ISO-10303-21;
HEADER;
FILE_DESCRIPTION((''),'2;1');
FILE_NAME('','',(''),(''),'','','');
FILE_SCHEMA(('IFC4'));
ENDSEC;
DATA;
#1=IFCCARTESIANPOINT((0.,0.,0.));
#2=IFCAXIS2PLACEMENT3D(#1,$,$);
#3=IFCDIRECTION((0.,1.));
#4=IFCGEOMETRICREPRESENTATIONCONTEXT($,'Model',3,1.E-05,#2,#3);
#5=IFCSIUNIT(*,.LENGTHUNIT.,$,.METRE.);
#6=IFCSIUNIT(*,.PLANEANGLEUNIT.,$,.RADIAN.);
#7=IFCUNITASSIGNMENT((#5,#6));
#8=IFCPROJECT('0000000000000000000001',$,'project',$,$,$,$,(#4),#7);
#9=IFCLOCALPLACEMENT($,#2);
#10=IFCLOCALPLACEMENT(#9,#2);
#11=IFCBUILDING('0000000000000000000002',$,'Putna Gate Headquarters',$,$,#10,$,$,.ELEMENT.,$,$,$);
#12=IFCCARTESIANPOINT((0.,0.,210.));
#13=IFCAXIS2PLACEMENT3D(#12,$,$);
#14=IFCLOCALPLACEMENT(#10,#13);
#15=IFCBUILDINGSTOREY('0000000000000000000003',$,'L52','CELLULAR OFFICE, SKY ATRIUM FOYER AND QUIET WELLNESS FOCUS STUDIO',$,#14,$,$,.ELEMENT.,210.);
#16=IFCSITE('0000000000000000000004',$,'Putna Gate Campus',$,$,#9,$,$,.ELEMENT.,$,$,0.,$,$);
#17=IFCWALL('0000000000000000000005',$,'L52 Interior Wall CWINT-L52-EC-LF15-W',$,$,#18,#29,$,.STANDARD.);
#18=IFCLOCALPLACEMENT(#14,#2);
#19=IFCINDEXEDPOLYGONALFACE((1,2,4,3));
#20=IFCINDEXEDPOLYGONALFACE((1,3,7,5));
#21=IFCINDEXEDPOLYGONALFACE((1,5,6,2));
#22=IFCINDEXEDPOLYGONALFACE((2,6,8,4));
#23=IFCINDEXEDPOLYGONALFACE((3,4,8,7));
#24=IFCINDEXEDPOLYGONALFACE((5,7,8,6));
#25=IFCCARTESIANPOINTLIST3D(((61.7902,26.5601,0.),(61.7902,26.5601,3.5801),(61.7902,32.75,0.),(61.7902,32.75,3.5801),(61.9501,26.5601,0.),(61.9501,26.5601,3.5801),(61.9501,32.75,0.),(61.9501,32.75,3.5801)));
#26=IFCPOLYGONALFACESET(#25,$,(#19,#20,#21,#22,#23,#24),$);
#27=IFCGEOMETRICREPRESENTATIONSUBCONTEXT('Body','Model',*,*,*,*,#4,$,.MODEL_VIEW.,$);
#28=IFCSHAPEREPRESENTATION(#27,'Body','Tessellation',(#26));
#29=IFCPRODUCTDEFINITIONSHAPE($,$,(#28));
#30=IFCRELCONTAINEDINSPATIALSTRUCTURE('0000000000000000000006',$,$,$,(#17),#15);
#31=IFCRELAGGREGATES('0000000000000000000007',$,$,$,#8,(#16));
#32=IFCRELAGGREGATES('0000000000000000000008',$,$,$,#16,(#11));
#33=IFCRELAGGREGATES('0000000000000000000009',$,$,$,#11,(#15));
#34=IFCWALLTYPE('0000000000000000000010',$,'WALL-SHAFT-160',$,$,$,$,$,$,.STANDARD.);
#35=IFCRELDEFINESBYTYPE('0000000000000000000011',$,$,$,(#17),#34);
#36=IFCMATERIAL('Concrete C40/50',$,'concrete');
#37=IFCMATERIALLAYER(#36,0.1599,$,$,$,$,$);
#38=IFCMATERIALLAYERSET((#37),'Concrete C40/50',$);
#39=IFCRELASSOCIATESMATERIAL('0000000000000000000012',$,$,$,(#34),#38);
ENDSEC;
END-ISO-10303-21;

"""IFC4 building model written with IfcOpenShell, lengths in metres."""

from ifc_helpers import new_model, si_unit, direction, frame, frame_2d, origin, place, context, subcontext, project, spatial, rectangle, extrude, material, layer, layer_set, type_object, element, save


model = new_model("IFC4")

# Units and contexts
model_context = context("Model", 3, precision=1e-05, world=origin(), true_north=direction((0.0, 1.0)))
body_context = subcontext(model_context, "Body", "Model", "MODEL_VIEW")
ifc_project = project(units=[si_unit("LENGTHUNIT", "METRE"), si_unit("PLANEANGLEUNIT", "RADIAN")], contexts=[model_context])

# Site, building, storey
site_placement = place(None, origin())
site = spatial("IfcSite", under=ifc_project, at=site_placement, Name="Putna Gate Campus", CompositionType="ELEMENT", RefElevation=0.0)
building_placement = place(site_placement, origin())
building = spatial("IfcBuilding", under=site, at=building_placement, Name="Putna Gate Headquarters", CompositionType="ELEMENT")
storey_placement = place(building_placement, frame((0.0, 0.0, 210.0)))
storey = spatial("IfcBuildingStorey", under=building, at=storey_placement, Name="L52", Description="CELLULAR OFFICE, SKY ATRIUM FOYER AND QUIET WELLNESS FOCUS STUDIO", CompositionType="ELEMENT", Elevation=210.0)

# Shared definitions
ifc_material_1 = material(Name="Concrete C40/50", Category="concrete")
ifc_layer_1 = layer(ifc_material_1, 0.1599)
ifc_layer_set_1 = layer_set([ifc_layer_1], Name="Concrete C40/50")
wall_type_1 = type_object("IfcWallType", Name="WALL-SHAFT-160", PredefinedType="STANDARD", material=ifc_layer_set_1)

# Wall
wall_1_placement = place(storey_placement, frame((61.8701, 26.5601, 0.0), z_axis=(0.0, 0.0, 1.0), x_axis=(0.0, 1.0, 0.0)))
element("IfcWall", 1, at=wall_1_placement, inside=storey, type_object=wall_type_1, Name="L52 Interior Wall CWINT-L52-EC-LF15-W", PredefinedType="STANDARD", context=body_context, shape_type="SweptSolid", body=[
    extrude(rectangle(XDim=6.1899, YDim=0.1599, at=frame_2d((3.095, 0.0))), origin(), (0.0, 0.0, 1.0), 3.5801),
])

save(model, "model.ifc")
